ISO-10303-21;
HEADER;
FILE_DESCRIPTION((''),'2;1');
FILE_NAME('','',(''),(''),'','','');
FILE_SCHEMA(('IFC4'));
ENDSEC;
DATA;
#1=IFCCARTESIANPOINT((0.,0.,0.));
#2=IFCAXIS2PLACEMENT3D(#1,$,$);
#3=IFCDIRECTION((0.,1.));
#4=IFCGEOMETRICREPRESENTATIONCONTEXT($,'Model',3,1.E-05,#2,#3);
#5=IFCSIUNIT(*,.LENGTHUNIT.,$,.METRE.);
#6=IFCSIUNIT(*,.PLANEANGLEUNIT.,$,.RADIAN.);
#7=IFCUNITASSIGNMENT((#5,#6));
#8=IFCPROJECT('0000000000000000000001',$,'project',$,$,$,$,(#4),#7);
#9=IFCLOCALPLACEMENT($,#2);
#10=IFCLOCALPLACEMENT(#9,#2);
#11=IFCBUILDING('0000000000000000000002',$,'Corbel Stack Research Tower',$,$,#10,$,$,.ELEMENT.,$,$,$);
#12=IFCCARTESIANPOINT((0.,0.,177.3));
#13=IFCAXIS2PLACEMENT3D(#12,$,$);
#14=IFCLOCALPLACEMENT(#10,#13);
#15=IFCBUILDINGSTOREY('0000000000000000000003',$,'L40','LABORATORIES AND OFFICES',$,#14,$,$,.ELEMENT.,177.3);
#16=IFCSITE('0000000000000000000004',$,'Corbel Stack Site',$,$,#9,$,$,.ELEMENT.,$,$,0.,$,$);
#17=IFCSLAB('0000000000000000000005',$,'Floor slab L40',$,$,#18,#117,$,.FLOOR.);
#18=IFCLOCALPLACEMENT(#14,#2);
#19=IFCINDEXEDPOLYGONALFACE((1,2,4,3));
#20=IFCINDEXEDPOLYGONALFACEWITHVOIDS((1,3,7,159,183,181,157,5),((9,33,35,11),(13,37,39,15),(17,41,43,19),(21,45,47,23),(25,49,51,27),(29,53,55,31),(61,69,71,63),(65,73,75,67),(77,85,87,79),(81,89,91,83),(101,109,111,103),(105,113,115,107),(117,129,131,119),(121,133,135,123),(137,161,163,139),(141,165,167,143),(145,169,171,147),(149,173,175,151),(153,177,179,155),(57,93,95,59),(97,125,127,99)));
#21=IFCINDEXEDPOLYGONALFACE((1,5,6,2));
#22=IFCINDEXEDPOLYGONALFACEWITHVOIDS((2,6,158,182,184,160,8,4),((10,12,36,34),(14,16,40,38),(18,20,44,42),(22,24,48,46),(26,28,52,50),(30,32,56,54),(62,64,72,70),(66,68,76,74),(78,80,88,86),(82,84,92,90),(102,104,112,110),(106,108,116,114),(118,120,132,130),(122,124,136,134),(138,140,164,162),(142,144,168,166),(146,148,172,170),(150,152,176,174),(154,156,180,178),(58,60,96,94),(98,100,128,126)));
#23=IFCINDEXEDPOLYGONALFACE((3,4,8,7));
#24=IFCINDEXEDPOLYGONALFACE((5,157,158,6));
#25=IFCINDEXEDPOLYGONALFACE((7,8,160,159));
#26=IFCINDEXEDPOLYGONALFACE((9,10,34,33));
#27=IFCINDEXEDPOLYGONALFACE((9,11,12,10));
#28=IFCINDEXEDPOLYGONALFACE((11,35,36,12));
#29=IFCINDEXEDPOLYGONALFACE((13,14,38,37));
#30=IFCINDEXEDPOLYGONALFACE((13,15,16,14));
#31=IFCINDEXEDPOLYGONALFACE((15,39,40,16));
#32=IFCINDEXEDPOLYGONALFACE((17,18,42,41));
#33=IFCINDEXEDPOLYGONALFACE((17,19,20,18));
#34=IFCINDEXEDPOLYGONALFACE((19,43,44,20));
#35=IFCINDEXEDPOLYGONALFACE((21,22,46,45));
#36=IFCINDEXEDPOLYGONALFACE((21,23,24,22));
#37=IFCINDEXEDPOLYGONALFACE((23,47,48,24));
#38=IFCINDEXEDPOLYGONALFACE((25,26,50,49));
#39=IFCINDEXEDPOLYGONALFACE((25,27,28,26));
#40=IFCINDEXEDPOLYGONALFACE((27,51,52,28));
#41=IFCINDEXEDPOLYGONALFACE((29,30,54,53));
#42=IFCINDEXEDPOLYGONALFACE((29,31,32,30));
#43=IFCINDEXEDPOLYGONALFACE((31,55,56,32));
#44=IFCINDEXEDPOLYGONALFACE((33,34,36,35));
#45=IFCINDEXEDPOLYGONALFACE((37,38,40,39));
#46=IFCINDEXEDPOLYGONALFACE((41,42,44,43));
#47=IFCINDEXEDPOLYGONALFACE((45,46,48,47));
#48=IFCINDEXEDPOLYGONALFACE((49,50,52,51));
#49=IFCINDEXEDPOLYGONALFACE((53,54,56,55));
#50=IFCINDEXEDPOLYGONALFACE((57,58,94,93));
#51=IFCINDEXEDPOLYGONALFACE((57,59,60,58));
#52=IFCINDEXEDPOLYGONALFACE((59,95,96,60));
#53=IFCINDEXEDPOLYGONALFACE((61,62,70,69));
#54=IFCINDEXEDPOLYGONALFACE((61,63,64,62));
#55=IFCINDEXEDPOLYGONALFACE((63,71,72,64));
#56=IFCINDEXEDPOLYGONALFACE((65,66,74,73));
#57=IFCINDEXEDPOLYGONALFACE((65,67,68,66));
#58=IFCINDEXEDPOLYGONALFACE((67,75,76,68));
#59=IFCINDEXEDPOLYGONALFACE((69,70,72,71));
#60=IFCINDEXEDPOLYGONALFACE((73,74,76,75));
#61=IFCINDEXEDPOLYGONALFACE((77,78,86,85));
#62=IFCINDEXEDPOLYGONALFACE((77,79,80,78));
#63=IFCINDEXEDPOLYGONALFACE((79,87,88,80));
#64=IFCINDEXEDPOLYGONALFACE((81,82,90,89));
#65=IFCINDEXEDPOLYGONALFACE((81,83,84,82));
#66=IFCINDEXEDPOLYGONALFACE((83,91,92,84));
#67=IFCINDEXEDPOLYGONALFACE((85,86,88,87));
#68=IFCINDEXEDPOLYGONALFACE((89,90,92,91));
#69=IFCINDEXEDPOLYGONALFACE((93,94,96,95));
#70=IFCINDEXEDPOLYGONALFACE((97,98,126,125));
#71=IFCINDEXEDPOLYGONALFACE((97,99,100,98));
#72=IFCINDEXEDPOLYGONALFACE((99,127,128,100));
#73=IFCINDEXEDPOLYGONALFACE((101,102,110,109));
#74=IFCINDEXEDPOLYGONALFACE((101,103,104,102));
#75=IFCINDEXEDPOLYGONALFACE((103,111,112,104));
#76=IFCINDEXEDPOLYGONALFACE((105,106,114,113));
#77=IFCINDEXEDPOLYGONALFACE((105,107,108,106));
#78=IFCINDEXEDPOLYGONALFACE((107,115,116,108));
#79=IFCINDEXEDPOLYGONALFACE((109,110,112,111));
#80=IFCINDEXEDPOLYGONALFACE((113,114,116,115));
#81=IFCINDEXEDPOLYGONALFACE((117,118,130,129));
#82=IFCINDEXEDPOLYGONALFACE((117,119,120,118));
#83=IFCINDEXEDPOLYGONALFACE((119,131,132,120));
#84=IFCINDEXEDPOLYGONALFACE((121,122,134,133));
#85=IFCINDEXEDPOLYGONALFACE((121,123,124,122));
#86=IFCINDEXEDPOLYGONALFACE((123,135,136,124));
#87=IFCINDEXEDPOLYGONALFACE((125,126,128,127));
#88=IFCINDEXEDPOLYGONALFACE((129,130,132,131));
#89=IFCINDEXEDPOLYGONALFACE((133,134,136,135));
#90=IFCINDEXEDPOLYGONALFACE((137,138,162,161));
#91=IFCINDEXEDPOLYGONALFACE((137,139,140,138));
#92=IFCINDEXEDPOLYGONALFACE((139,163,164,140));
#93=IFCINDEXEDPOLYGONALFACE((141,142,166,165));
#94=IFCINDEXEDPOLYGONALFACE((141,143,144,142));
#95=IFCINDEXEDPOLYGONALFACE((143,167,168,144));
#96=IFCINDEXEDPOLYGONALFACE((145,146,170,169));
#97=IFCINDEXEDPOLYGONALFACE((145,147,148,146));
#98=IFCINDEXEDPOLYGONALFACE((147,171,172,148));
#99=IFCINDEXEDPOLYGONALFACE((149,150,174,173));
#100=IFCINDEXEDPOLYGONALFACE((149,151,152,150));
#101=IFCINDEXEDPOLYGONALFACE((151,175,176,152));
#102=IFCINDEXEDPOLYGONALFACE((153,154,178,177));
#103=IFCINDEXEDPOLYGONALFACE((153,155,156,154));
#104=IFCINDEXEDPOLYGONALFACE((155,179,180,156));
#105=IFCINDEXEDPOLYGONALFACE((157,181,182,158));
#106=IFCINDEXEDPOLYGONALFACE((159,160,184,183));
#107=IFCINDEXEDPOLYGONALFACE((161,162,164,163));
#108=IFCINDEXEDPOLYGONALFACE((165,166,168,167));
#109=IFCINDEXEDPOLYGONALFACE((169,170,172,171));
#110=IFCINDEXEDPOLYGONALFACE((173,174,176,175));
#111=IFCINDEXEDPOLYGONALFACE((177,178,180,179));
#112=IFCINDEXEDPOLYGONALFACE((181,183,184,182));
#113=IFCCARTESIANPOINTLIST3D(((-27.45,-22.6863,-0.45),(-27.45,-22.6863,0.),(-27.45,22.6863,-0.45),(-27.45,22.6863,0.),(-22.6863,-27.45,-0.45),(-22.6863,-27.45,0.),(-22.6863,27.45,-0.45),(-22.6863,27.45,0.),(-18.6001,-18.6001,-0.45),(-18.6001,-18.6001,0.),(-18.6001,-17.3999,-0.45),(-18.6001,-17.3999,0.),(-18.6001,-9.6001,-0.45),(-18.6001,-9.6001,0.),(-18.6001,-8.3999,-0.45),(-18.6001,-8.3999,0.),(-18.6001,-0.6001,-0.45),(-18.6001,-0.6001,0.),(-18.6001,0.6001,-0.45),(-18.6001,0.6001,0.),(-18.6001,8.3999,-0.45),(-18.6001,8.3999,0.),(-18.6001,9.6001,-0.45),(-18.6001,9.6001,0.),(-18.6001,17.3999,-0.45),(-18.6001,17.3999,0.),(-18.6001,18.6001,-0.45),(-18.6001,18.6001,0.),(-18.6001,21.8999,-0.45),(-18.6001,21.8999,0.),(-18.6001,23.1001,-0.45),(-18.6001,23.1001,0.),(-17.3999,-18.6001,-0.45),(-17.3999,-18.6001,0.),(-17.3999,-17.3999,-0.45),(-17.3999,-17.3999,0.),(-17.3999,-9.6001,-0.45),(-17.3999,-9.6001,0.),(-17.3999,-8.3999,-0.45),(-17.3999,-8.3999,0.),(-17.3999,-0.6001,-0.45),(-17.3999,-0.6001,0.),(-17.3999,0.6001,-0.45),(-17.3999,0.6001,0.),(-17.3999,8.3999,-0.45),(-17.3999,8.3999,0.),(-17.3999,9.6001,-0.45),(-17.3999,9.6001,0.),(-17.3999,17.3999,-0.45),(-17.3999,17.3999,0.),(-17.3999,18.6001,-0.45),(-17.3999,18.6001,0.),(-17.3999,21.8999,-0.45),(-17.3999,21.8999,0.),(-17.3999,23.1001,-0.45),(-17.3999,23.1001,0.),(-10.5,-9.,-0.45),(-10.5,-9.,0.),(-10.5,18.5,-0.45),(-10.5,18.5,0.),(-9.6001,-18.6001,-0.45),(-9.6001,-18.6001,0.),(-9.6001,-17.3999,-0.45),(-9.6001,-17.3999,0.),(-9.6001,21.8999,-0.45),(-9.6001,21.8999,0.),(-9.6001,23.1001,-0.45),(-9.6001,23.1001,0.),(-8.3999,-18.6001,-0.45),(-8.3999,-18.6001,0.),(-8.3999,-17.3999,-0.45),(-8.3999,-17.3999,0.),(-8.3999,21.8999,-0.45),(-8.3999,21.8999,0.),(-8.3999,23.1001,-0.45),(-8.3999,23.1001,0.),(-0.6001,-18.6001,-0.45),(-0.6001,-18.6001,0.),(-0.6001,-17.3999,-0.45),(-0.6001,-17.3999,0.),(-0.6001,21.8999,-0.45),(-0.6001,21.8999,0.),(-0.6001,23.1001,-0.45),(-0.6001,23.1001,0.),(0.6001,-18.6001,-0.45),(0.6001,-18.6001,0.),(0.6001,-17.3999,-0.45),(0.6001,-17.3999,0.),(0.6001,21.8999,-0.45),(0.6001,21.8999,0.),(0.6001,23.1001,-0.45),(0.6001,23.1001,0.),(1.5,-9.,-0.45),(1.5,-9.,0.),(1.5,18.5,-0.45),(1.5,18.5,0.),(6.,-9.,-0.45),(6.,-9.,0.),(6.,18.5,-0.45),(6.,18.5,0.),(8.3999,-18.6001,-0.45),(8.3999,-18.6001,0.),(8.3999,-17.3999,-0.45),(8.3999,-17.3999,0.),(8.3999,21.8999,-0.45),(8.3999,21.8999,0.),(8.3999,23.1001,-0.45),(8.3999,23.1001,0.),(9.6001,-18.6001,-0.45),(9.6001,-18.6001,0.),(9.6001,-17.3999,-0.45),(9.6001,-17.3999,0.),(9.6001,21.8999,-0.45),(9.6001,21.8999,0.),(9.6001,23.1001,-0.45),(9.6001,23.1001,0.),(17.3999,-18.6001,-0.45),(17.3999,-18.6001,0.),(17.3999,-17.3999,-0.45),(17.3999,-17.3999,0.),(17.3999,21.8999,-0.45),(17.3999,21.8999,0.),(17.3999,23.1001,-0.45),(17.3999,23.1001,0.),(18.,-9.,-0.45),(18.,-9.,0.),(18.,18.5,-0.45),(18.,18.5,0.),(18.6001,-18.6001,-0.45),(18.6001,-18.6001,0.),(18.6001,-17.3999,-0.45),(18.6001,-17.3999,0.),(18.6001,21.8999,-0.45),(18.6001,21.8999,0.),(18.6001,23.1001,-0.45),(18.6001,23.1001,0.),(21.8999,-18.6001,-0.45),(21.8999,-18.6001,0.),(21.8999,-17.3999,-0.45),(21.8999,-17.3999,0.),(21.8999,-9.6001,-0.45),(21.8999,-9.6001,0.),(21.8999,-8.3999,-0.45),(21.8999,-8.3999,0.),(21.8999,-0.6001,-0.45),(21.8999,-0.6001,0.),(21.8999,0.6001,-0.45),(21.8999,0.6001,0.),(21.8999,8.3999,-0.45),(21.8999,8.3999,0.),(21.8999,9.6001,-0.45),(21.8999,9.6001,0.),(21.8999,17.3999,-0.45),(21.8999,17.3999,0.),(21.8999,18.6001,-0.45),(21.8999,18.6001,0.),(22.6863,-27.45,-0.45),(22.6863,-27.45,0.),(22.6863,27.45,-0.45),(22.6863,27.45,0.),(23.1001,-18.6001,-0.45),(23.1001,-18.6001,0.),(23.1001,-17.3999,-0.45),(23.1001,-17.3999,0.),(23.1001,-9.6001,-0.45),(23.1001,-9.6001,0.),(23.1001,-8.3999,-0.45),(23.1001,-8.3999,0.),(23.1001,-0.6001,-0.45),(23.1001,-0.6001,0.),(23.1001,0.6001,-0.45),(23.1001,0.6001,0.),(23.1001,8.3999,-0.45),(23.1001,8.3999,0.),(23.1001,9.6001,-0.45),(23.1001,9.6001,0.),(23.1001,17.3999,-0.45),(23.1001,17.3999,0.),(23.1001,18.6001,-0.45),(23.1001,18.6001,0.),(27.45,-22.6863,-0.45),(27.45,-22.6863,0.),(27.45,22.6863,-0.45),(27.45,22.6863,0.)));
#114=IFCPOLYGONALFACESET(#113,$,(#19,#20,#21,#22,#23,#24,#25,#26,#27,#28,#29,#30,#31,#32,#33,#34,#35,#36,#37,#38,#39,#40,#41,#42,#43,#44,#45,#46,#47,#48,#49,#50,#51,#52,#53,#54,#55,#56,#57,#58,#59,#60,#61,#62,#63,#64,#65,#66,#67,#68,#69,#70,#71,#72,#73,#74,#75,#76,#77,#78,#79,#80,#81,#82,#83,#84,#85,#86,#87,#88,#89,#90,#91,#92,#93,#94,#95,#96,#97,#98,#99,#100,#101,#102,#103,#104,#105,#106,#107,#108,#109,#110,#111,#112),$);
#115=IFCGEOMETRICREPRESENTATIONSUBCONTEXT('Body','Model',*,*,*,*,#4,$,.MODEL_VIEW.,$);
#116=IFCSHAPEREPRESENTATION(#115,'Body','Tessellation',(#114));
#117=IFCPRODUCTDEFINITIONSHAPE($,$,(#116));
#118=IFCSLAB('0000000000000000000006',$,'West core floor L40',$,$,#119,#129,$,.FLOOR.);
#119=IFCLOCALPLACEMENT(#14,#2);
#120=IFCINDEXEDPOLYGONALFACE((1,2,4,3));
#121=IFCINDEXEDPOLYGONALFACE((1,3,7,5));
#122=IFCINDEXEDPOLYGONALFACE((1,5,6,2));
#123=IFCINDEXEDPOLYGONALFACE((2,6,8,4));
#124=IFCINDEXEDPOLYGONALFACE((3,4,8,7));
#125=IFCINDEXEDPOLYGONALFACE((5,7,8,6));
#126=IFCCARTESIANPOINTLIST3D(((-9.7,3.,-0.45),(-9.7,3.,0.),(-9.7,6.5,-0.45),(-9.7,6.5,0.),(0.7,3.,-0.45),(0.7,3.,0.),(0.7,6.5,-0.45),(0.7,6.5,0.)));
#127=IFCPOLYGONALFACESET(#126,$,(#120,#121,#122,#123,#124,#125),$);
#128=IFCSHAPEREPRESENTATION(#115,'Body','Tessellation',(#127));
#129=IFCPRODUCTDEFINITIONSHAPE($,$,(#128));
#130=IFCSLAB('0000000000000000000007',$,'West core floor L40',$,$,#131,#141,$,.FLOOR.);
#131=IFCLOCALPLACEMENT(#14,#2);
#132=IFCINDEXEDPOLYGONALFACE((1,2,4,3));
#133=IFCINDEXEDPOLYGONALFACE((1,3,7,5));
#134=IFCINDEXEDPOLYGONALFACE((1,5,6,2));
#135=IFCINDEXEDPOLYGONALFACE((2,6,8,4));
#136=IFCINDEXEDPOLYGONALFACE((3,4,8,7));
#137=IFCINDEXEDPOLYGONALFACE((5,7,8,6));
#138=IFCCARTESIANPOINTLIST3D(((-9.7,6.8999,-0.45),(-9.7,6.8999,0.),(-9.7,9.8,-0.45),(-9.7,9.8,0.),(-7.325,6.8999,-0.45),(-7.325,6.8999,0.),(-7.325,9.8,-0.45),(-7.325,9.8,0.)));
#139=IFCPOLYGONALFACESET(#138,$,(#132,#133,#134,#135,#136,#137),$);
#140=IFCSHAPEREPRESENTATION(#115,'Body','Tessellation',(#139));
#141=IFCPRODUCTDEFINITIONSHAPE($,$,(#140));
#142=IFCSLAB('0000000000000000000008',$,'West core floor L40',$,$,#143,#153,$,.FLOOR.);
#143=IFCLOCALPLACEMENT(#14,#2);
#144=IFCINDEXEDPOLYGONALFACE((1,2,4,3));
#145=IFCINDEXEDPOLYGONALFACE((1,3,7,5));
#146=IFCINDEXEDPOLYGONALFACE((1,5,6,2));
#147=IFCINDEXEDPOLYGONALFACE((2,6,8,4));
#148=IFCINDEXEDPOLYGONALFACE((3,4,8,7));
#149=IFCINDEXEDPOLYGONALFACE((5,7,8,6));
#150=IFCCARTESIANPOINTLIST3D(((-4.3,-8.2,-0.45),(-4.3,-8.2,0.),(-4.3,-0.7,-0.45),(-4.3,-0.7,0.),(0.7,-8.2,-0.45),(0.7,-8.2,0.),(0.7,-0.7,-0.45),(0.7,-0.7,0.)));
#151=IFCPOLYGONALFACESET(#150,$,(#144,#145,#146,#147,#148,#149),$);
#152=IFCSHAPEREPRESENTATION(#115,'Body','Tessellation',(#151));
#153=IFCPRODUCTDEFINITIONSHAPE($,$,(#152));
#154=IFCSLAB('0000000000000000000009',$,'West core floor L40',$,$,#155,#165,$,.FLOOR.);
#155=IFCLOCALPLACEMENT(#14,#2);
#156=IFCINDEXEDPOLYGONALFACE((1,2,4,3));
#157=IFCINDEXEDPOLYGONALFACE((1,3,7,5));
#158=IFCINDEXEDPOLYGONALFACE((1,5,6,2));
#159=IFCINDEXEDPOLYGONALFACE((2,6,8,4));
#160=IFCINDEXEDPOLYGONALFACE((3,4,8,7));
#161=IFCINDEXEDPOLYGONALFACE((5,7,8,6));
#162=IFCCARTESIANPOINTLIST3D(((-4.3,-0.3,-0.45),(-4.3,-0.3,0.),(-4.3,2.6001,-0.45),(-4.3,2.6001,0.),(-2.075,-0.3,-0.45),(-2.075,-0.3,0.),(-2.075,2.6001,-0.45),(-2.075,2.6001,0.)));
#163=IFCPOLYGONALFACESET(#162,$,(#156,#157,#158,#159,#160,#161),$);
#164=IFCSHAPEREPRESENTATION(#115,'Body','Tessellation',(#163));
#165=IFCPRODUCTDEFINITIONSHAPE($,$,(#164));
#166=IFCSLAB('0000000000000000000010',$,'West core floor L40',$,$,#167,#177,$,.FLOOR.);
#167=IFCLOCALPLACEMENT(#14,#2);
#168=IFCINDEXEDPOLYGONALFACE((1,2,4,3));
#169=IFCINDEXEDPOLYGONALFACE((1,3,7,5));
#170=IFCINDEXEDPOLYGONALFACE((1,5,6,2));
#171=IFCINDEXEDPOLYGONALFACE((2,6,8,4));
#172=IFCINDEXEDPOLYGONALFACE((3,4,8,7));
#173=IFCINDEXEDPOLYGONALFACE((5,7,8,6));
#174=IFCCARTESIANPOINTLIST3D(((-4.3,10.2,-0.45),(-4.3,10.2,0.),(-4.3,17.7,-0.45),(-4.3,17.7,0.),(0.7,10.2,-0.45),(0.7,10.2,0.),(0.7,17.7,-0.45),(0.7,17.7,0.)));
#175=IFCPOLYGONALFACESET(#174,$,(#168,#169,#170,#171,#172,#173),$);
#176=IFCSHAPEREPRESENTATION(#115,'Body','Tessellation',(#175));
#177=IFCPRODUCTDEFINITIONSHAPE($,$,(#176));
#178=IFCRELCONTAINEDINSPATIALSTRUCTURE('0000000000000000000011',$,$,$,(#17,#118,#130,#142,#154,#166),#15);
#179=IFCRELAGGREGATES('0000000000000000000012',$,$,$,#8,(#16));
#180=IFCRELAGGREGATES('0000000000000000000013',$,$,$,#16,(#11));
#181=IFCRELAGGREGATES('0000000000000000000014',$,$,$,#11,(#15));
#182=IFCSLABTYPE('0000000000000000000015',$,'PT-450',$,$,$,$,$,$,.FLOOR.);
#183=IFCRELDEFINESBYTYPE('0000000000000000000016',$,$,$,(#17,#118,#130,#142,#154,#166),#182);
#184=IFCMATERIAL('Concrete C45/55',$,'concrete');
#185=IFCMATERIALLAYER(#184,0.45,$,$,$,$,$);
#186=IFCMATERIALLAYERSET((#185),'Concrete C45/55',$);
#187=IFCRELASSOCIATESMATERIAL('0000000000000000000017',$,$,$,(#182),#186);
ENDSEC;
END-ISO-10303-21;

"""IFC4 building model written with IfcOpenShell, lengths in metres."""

from ifc_helpers import new_model, si_unit, direction, frame, origin, place, context, subcontext, project, spatial, polyline, outline, extrude, material, layer, layer_set, type_object, element, save


model = new_model("IFC4")

# Units and contexts
model_context = context("Model", 3, precision=1e-05, world=origin(), true_north=direction((0.0, 1.0)))
body_context = subcontext(model_context, "Body", "Model", "MODEL_VIEW")
ifc_project = project(units=[si_unit("LENGTHUNIT", "METRE"), si_unit("PLANEANGLEUNIT", "RADIAN")], contexts=[model_context])

# Site, building, storey
site_placement = place(None, origin())
site = spatial("IfcSite", under=ifc_project, at=site_placement, Name="Corbel Stack Site", CompositionType="ELEMENT", RefElevation=0.0)
building_placement = place(site_placement, origin())
building = spatial("IfcBuilding", under=site, at=building_placement, Name="Corbel Stack Research Tower", CompositionType="ELEMENT")
storey_placement = place(building_placement, frame((0.0, 0.0, 177.3)))
storey = spatial("IfcBuildingStorey", under=building, at=storey_placement, Name="L40", Description="LABORATORIES AND OFFICES", CompositionType="ELEMENT", Elevation=177.3)

# Slabs
ifc_material_1 = material(Name="Concrete C45/55", Category="concrete")
ifc_layer_1 = layer(ifc_material_1, 0.45)
ifc_layer_set_1 = layer_set([ifc_layer_1], Name="Concrete C45/55")
slab_type = type_object("IfcSlabType", Name="PT-450", PredefinedType="FLOOR", material=ifc_layer_set_1)
slab_1_placement = place(storey_placement, frame((0.0, 0.0, -0.45)))
element("IfcSlab", 1, at=slab_1_placement, inside=storey, type_object=slab_type, Name="Floor slab L40", PredefinedType="FLOOR", context=body_context, shape_type="SweptSolid", body=[
    extrude(outline(polyline([(-22.6863, -27.45), (22.6863, -27.45), (27.45, -22.6863), (27.45, 22.6863), (22.6863, 27.45), (-22.6863, 27.45), (-27.45, 22.6863), (-27.45, -22.6863), (-22.6863, -27.45)]), holes=[polyline([(23.1001, 17.3999), (21.8999, 17.3999), (21.8999, 18.6001), (23.1001, 18.6001), (23.1001, 17.3999)]), polyline([(21.8999, 8.3999), (21.8999, 9.6001), (23.1001, 9.6001), (23.1001, 8.3999), (21.8999, 8.3999)]), polyline([(23.1001, -0.6001), (21.8999, -0.6001), (21.8999, 0.6001), (23.1001, 0.6001), (23.1001, -0.6001)]), polyline([(21.8999, -9.6001), (21.8999, -8.3999), (23.1001, -8.3999), (23.1001, -9.6001), (21.8999, -9.6001)]), polyline([(21.8999, -18.6001), (21.8999, -17.3999), (23.1001, -17.3999), (23.1001, -18.6001), (21.8999, -18.6001)]), polyline([(17.3999, 21.8999), (17.3999, 23.1001), (18.6001, 23.1001), (18.6001, 21.8999), (17.3999, 21.8999)]), polyline([(18.6001, -18.6001), (17.3999, -18.6001), (17.3999, -17.3999), (18.6001, -17.3999), (18.6001, -18.6001)]), polyline([(6.0, -9.0), (6.0, 18.5), (18.0, 18.5), (18.0, -9.0), (6.0, -9.0)]), polyline([(8.3999, 21.8999), (8.3999, 23.1001), (9.6001, 23.1001), (9.6001, 21.8999), (8.3999, 21.8999)]), polyline([(9.6001, -18.6001), (8.3999, -18.6001), (8.3999, -17.3999), (9.6001, -17.3999), (9.6001, -18.6001)]), polyline([(1.5, -9.0), (-10.5, -9.0), (-10.5, 18.5), (1.5, 18.5), (1.5, -9.0)]), polyline([(0.6001, 21.8999), (-0.6001, 21.8999), (-0.6001, 23.1001), (0.6001, 23.1001), (0.6001, 21.8999)]), polyline([(0.6001, -18.6001), (-0.6001, -18.6001), (-0.6001, -17.3999), (0.6001, -17.3999), (0.6001, -18.6001)]), polyline([(-9.6001, 21.8999), (-9.6001, 23.1001), (-8.3999, 23.1001), (-8.3999, 21.8999), (-9.6001, 21.8999)]), polyline([(-8.3999, -18.6001), (-9.6001, -18.6001), (-9.6001, -17.3999), (-8.3999, -17.3999), (-8.3999, -18.6001)]), polyline([(-18.6001, 21.8999), (-18.6001, 23.1001), (-17.3999, 23.1001), (-17.3999, 21.8999), (-18.6001, 21.8999)]), polyline([(-17.3999, 17.3999), (-18.6001, 17.3999), (-18.6001, 18.6001), (-17.3999, 18.6001), (-17.3999, 17.3999)]), polyline([(-17.3999, 8.3999), (-18.6001, 8.3999), (-18.6001, 9.6001), (-17.3999, 9.6001), (-17.3999, 8.3999)]), polyline([(-18.6001, -0.6001), (-18.6001, 0.6001), (-17.3999, 0.6001), (-17.3999, -0.6001), (-18.6001, -0.6001)]), polyline([(-18.6001, -9.6001), (-18.6001, -8.3999), (-17.3999, -8.3999), (-17.3999, -9.6001), (-18.6001, -9.6001)]), polyline([(-17.3999, -18.6001), (-18.6001, -18.6001), (-18.6001, -17.3999), (-17.3999, -17.3999), (-17.3999, -18.6001)])]), origin(), (0.0, 0.0, 1.0), 0.45),
])
slab_2_placement = place(storey_placement, frame((0.0, 0.0, -0.45)))
element("IfcSlab", 2, at=slab_2_placement, inside=storey, type_object=slab_type, Name="West core floor L40", PredefinedType="FLOOR", context=body_context, shape_type="SweptSolid", body=[
    extrude(outline(polyline([(0.7, 6.5), (-9.7, 6.5), (-9.7, 3.0), (0.7, 3.0), (0.7, 6.5)])), origin(), (0.0, 0.0, 1.0), 0.45),
])
slab_3_placement = place(storey_placement, frame((0.0, 0.0, -0.45)))
element("IfcSlab", 3, at=slab_3_placement, inside=storey, type_object=slab_type, Name="West core floor L40", PredefinedType="FLOOR", context=body_context, shape_type="SweptSolid", body=[
    extrude(outline(polyline([(-9.7, 6.8999), (-7.325, 6.8999), (-7.325, 9.8), (-9.7, 9.8), (-9.7, 6.8999)])), origin(), (0.0, 0.0, 1.0), 0.45),
])
slab_4_placement = place(storey_placement, frame((0.0, 0.0, -0.45)))
element("IfcSlab", 4, at=slab_4_placement, inside=storey, type_object=slab_type, Name="West core floor L40", PredefinedType="FLOOR", context=body_context, shape_type="SweptSolid", body=[
    extrude(outline(polyline([(-4.3, -0.7), (-4.3, -8.2), (0.7, -8.2), (0.7, -0.7), (-4.3, -0.7)])), origin(), (0.0, 0.0, 1.0), 0.45),
])
slab_5_placement = place(storey_placement, frame((0.0, 0.0, -0.45)))
element("IfcSlab", 5, at=slab_5_placement, inside=storey, type_object=slab_type, Name="West core floor L40", PredefinedType="FLOOR", context=body_context, shape_type="SweptSolid", body=[
    extrude(outline(polyline([(-2.075, -0.3), (-2.075, 2.6001), (-4.3, 2.6001), (-4.3, -0.3), (-2.075, -0.3)])), origin(), (0.0, 0.0, 1.0), 0.45),
])
slab_6_placement = place(storey_placement, frame((0.0, 0.0, -0.45)))
element("IfcSlab", 6, at=slab_6_placement, inside=storey, type_object=slab_type, Name="West core floor L40", PredefinedType="FLOOR", context=body_context, shape_type="SweptSolid", body=[
    extrude(outline(polyline([(0.7, 17.7), (-4.3, 17.7), (-4.3, 10.2), (0.7, 10.2), (0.7, 17.7)])), origin(), (0.0, 0.0, 1.0), 0.45),
])

save(model, "model.ifc")
